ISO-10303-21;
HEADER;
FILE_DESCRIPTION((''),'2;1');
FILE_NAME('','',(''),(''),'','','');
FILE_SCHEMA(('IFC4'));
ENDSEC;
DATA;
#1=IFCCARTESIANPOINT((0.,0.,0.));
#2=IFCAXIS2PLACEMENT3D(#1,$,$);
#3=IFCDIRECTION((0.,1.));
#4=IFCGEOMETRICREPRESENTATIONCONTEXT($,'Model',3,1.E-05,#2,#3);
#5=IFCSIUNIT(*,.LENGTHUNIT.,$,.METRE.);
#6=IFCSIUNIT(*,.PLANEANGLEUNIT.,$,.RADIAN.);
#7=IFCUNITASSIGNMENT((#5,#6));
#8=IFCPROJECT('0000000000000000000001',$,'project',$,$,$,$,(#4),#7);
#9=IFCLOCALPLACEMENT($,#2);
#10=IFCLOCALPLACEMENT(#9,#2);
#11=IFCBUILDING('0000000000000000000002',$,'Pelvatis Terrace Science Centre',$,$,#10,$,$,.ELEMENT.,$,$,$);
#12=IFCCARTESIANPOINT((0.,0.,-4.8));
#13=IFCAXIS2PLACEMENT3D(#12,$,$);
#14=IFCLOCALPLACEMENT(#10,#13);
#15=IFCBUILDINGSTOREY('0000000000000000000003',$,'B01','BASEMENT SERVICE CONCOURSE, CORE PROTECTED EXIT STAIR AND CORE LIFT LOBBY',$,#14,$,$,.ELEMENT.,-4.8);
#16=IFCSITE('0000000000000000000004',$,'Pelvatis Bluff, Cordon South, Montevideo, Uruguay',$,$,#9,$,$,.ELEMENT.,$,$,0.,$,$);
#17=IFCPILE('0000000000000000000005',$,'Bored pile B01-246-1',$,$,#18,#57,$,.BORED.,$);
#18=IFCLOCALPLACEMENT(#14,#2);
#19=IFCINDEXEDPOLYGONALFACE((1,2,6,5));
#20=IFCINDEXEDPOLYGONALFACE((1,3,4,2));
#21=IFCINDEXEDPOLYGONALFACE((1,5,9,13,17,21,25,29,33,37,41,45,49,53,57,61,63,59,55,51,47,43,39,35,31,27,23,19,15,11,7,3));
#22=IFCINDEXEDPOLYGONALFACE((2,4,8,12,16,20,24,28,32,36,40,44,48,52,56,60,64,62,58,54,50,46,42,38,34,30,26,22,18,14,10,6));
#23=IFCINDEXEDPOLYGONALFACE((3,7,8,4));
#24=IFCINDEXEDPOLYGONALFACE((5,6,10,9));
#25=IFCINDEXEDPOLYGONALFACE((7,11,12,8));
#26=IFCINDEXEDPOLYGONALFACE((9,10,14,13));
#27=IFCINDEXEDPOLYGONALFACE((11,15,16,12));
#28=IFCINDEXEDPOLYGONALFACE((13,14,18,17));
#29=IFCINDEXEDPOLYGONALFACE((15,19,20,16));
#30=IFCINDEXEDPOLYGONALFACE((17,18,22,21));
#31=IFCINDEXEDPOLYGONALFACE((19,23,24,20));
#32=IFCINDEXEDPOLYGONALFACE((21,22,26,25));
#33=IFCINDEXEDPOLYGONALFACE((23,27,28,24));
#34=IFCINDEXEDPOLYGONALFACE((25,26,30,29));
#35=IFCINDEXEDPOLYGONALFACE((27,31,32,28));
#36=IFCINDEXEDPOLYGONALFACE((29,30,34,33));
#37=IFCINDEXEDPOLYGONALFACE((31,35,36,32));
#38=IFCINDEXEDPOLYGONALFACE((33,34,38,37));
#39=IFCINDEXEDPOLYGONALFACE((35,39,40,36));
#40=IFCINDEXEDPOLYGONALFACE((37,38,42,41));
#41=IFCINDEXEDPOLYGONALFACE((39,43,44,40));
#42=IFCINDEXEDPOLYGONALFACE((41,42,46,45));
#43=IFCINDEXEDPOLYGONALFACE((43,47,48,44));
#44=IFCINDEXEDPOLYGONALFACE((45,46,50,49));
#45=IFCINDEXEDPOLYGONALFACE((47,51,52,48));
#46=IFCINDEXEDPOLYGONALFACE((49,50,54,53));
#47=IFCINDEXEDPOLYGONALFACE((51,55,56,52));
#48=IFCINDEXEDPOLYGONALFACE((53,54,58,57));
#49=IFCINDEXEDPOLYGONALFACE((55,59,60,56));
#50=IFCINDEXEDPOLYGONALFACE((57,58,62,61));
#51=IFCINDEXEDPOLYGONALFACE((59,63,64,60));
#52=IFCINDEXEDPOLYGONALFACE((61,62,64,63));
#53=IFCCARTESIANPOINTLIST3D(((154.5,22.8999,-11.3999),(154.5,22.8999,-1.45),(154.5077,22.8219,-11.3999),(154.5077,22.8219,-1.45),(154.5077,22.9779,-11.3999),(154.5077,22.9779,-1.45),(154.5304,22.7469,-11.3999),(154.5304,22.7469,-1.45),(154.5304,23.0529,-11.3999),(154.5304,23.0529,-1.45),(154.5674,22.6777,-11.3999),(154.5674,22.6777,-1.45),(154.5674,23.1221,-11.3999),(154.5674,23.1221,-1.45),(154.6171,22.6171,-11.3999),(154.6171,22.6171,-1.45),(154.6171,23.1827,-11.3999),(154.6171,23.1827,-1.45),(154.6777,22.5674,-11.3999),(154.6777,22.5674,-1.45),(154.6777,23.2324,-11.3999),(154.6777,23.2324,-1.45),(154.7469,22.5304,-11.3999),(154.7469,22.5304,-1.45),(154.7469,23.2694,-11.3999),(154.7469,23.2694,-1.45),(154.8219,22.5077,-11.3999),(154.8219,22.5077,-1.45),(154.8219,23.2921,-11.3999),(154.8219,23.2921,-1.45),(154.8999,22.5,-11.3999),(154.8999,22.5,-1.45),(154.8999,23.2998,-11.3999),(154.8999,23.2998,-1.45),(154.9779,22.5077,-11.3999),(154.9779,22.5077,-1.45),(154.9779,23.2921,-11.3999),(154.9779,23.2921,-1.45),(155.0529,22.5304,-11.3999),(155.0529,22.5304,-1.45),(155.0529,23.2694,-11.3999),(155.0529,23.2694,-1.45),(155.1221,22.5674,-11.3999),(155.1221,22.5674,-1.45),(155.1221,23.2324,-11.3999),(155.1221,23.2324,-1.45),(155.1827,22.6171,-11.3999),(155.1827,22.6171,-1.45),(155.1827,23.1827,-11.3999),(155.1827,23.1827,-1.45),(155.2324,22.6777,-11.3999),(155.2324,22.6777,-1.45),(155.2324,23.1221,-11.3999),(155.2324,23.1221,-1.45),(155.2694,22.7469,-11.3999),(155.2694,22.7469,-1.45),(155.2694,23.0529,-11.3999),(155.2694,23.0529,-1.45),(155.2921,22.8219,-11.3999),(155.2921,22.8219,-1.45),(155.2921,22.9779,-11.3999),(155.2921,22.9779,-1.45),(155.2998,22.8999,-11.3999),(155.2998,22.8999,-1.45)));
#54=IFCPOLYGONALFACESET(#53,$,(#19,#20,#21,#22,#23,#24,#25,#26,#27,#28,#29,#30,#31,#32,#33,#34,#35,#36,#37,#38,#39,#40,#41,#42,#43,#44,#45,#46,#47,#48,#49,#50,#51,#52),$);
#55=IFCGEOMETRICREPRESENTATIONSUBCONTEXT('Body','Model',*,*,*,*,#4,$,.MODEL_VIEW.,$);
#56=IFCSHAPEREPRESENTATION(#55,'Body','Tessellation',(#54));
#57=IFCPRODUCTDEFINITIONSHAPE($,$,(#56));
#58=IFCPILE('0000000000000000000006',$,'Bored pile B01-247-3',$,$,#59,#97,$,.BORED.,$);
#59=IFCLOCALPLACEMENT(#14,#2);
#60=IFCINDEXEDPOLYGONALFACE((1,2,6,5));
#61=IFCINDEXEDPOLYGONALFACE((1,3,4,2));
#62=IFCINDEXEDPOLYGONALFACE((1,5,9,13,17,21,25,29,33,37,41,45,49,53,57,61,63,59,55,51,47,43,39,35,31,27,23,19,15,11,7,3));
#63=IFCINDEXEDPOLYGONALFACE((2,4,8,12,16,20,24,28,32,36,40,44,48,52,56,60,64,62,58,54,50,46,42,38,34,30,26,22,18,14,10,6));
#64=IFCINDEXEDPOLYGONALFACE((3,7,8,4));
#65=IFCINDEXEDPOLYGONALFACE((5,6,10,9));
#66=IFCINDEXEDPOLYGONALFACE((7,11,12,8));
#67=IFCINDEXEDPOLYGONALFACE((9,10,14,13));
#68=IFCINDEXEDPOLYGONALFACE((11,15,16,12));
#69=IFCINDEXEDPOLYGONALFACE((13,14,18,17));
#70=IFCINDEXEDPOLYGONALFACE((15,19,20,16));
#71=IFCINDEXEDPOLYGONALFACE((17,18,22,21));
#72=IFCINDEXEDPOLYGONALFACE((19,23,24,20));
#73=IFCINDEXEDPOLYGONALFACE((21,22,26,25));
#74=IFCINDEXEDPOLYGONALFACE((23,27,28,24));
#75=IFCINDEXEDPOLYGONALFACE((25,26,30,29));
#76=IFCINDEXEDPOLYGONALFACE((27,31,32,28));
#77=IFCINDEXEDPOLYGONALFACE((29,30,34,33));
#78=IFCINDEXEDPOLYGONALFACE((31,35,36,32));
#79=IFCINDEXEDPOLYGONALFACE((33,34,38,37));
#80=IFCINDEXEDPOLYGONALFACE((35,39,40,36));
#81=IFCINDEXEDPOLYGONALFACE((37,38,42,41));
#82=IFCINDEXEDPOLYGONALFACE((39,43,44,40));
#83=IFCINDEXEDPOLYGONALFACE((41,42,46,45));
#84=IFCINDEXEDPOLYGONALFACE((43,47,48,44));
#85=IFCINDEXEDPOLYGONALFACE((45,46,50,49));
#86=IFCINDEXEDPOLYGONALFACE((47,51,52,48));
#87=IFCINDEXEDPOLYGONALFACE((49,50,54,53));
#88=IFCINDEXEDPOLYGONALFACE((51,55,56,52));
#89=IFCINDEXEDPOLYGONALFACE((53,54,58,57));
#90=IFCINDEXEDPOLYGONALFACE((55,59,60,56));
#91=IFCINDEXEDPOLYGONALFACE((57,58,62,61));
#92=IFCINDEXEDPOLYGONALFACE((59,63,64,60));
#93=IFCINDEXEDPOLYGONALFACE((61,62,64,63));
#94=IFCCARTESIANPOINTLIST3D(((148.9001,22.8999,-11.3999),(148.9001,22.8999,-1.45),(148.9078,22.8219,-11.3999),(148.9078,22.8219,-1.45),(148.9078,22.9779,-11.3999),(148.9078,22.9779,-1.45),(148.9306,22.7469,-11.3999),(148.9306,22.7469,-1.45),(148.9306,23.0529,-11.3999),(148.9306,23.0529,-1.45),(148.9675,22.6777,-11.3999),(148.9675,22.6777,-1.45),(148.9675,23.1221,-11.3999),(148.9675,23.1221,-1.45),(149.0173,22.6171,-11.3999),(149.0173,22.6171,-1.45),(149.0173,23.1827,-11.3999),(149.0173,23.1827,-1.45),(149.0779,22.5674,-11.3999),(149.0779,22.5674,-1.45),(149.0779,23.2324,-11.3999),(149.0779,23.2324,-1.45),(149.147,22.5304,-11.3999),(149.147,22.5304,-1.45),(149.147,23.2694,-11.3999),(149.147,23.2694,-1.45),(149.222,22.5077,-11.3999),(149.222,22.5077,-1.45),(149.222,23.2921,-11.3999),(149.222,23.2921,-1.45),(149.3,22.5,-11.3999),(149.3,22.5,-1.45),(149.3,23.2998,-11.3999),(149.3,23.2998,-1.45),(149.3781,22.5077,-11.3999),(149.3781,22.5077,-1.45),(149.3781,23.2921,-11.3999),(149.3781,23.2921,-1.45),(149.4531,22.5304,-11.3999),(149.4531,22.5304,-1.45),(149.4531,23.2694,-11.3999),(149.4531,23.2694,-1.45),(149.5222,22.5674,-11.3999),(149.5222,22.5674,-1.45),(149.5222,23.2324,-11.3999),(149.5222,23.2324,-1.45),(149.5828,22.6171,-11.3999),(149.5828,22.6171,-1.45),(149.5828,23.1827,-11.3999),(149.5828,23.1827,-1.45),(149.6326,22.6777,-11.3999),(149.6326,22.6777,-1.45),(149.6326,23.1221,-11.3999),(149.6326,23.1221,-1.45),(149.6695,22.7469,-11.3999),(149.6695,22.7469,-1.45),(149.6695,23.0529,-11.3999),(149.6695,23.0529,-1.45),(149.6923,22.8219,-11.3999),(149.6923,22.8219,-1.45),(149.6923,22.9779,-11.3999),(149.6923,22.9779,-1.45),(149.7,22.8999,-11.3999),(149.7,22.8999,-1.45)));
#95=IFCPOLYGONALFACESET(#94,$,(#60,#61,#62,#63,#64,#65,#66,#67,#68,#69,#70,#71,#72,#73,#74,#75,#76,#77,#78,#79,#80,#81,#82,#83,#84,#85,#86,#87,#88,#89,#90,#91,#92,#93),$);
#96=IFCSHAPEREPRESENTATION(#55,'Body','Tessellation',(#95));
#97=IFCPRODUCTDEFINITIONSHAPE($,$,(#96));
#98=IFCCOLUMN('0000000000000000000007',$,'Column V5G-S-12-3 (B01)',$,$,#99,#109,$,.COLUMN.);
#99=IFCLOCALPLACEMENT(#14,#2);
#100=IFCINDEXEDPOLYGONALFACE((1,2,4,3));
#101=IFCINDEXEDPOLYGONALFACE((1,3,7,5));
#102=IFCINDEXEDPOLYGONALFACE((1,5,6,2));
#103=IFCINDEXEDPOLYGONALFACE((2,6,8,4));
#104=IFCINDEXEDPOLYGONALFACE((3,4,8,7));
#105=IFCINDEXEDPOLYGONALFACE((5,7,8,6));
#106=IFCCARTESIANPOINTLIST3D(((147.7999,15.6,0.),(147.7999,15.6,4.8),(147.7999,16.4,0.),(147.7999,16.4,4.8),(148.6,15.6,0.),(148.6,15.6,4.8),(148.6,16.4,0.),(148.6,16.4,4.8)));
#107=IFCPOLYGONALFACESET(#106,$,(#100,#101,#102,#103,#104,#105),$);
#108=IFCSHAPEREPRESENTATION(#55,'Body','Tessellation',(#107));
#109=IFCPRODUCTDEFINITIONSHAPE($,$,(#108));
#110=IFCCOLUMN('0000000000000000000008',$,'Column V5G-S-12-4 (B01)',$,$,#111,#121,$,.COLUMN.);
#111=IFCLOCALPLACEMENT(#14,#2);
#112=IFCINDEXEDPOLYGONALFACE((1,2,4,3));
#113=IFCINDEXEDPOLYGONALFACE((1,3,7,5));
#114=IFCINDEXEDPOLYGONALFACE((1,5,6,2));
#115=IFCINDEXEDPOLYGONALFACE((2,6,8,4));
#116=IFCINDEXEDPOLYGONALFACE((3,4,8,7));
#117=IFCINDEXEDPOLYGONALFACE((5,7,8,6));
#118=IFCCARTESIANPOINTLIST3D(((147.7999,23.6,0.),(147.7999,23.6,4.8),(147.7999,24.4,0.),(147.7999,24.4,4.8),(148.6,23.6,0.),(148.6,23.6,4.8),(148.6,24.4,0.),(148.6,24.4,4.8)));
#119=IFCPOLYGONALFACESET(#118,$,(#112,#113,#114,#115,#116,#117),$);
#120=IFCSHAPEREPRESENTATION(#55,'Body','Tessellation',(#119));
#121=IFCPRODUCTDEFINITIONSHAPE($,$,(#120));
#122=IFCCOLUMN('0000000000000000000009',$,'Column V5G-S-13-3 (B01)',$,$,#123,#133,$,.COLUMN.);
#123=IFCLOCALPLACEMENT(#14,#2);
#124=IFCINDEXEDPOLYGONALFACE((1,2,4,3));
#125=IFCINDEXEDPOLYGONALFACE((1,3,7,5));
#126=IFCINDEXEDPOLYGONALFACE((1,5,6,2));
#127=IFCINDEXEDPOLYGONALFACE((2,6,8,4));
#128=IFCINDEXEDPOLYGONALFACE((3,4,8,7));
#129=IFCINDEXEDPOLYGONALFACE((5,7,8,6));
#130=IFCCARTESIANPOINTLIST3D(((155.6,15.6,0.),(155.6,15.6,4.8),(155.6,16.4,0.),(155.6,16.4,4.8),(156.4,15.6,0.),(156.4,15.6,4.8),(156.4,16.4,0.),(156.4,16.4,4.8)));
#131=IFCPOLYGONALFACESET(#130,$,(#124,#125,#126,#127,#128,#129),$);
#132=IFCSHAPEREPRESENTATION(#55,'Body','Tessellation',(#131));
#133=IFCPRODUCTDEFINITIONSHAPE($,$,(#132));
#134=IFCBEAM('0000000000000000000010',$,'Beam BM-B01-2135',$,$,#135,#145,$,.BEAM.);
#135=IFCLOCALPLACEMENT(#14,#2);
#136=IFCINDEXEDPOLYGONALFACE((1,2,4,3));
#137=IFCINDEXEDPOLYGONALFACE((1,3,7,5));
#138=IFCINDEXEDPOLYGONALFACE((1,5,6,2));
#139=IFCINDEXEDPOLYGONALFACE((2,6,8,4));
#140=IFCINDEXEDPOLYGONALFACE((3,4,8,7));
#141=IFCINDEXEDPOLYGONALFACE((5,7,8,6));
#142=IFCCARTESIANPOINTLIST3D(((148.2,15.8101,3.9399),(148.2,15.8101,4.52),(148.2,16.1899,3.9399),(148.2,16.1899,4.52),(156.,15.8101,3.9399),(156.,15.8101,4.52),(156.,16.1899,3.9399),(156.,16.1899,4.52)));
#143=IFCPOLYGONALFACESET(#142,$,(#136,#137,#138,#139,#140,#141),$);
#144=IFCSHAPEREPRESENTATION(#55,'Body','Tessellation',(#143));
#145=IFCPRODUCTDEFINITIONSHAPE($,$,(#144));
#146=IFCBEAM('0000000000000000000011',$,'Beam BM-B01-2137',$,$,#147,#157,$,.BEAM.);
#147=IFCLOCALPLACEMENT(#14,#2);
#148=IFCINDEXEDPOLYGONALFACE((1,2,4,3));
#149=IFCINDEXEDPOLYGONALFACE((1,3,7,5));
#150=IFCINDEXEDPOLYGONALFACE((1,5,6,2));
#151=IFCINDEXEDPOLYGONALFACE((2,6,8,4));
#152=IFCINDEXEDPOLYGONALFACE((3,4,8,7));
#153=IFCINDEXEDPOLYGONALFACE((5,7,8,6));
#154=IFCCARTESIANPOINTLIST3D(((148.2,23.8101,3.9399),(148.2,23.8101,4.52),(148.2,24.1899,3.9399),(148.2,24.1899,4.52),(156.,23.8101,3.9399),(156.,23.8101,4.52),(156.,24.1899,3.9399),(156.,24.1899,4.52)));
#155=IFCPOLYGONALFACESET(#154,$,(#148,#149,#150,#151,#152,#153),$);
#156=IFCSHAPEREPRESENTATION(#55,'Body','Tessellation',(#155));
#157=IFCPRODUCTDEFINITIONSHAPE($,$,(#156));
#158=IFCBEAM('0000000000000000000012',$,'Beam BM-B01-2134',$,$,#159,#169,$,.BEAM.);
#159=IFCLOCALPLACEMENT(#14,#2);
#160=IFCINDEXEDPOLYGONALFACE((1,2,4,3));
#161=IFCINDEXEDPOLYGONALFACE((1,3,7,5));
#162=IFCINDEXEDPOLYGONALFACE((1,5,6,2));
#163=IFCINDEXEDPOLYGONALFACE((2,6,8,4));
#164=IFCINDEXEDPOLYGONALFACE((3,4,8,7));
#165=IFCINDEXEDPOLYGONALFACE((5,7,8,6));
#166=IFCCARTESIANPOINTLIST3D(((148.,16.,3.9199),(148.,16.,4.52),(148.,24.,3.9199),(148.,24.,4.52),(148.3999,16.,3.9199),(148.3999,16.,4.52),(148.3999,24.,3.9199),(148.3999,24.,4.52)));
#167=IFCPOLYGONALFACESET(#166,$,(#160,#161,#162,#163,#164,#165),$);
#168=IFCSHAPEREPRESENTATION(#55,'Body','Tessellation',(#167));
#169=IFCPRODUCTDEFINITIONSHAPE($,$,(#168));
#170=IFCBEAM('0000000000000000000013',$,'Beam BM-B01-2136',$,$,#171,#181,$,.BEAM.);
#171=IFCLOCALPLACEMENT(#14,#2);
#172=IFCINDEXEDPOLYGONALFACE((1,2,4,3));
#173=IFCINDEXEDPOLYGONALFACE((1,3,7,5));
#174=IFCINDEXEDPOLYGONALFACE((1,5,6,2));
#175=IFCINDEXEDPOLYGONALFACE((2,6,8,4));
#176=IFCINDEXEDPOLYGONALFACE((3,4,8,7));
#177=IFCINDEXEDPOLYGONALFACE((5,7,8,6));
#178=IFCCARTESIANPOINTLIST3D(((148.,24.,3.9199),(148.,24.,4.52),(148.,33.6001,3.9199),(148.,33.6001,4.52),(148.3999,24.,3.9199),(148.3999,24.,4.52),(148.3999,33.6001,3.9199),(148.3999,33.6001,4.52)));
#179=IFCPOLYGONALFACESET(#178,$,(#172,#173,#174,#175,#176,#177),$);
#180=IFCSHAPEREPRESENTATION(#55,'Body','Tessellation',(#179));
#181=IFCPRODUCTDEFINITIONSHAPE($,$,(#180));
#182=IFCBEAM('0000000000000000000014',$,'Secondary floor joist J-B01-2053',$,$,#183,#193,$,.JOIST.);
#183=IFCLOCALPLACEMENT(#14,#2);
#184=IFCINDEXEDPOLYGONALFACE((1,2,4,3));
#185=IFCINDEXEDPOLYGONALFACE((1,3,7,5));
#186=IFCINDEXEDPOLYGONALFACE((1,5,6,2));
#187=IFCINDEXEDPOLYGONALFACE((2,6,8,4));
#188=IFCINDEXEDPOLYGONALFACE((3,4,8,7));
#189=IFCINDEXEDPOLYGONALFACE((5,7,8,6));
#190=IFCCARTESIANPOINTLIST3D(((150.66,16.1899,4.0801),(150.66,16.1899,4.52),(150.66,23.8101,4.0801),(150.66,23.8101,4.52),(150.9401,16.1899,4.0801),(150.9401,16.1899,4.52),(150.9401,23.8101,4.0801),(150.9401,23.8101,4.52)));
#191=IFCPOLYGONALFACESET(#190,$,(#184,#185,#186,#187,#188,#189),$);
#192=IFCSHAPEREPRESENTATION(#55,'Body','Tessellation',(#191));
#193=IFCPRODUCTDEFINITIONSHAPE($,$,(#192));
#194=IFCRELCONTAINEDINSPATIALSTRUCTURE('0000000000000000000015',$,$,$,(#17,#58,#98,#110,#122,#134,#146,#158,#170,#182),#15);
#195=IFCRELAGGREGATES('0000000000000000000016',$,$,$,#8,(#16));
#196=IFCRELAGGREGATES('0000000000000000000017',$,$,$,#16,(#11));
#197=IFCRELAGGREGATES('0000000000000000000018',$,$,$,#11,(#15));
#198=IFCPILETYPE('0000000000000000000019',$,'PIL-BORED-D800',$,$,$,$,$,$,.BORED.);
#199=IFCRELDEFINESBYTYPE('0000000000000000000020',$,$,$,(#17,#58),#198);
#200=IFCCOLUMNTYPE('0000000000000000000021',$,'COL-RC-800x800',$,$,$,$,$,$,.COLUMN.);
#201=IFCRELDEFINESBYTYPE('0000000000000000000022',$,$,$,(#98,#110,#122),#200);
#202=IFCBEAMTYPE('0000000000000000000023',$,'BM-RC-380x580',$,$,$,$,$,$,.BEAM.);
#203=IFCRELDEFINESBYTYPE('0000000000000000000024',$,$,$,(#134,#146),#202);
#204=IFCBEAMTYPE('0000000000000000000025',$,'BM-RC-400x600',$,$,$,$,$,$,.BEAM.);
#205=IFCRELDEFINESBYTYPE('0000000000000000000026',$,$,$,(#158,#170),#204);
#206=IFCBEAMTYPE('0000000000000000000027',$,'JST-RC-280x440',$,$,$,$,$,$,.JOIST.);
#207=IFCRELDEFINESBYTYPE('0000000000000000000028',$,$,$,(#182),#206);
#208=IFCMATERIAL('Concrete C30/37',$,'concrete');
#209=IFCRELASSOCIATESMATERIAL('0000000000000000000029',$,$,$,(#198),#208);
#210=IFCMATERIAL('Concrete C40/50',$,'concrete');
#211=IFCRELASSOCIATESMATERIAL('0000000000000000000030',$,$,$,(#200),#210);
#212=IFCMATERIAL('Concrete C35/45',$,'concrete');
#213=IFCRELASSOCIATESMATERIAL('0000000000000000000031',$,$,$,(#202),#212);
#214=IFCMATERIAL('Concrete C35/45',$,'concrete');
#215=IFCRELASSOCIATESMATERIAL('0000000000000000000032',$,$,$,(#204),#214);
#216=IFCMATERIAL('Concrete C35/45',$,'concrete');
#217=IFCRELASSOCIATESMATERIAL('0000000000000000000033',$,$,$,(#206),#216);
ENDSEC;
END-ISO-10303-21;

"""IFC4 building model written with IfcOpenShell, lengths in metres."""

from ifc_helpers import new_model, si_unit, direction, frame, origin, origin_2d, place, context, subcontext, project, spatial, rectangle, circle, extrude, material, material_profile, profile_set, type_object, element, save


model = new_model("IFC4")

# Units and contexts
model_context = context("Model", 3, precision=1e-05, world=origin(), true_north=direction((0.0, 1.0)))
body_context = subcontext(model_context, "Body", "Model", "MODEL_VIEW")
ifc_project = project(units=[si_unit("LENGTHUNIT", "METRE"), si_unit("PLANEANGLEUNIT", "RADIAN")], contexts=[model_context])

# Site, building, storey
site_placement = place(None, origin())
site = spatial("IfcSite", under=ifc_project, at=site_placement, Name="Pelvatis Bluff, Cordon South, Montevideo, Uruguay", CompositionType="ELEMENT", RefElevation=0.0)
building_placement = place(site_placement, origin())
building = spatial("IfcBuilding", under=site, at=building_placement, Name="Pelvatis Terrace Science Centre", CompositionType="ELEMENT")
storey_placement = place(building_placement, frame((0.0, 0.0, -4.8)))
storey = spatial("IfcBuildingStorey", under=building, at=storey_placement, Name="B01", Description="BASEMENT SERVICE CONCOURSE, CORE PROTECTED EXIT STAIR AND CORE LIFT LOBBY", CompositionType="ELEMENT", Elevation=-4.8)

# Piles
ifc_material_1 = material(Name="Concrete C30/37", Category="concrete")
ifc_material_profile_1 = material_profile(ifc_material_1, circle(Radius=0.3999, at=origin_2d()), Name="PILE D800")
ifc_profile_set_1 = profile_set([ifc_material_profile_1], Name="Concrete C30/37")
pile_type = type_object("IfcPileType", Name="PIL-BORED-D800", PredefinedType="BORED", material=ifc_profile_set_1)
for number, where, z_axis, x_axis, name in (
    (1, (154.8999, 22.8999, -1.45), (0.0, 0.0, -1.0), (1.0, 0.0, 0.0), "Bored pile B01-246-1"),
    (2, (149.3, 22.8999, -1.45), (0.0, 0.0, -1.0), (1.0, 0.0, 0.0), "Bored pile B01-247-3"),
):
    element("IfcPile", number, at=place(storey_placement, frame(where, z_axis=z_axis, x_axis=x_axis)), inside=storey, type_object=pile_type, Name=name, PredefinedType="BORED", context=body_context, shape_type="SweptSolid", body=[
        extrude(circle(Radius=0.3999, at=origin_2d()), origin(), (0.0, 0.0, 1.0), 9.95),
    ])

# Columns
ifc_material_2 = material(Name="Concrete C40/50", Category="concrete")
ifc_material_profile_2 = material_profile(ifc_material_2, rectangle(XDim=0.8, YDim=0.8, at=origin_2d()), Name="RC-COL 800x800")
ifc_profile_set_2 = profile_set([ifc_material_profile_2], Name="Concrete C40/50")
column_type = type_object("IfcColumnType", Name="COL-RC-800x800", PredefinedType="COLUMN", material=ifc_profile_set_2)
for number, where, z_axis, x_axis, name in (
    (3, (148.2, 16.0, 0.0), (0.0, 0.0, 1.0), (1.0, 0.0, 0.0), "Column V5G-S-12-3 (B01)"),
    (4, (148.2, 24.0, 0.0), (0.0, 0.0, 1.0), (1.0, 0.0, 0.0), "Column V5G-S-12-4 (B01)"),
    (5, (156.0, 16.0, 0.0), (0.0, 0.0, 1.0), (1.0, 0.0, 0.0), "Column V5G-S-13-3 (B01)"),
):
    element("IfcColumn", number, at=place(storey_placement, frame(where, z_axis=z_axis, x_axis=x_axis)), inside=storey, type_object=column_type, Name=name, PredefinedType="COLUMN", context=body_context, shape_type="SweptSolid", body=[
        extrude(rectangle(XDim=0.8, YDim=0.8, at=origin_2d()), origin(), (0.0, 0.0, 1.0), 4.8),
    ])

# Beams
ifc_material_3 = material(Name="Concrete C35/45", Category="concrete")
ifc_material_profile_3 = material_profile(ifc_material_3, rectangle(XDim=0.3799, YDim=0.5801, at=origin_2d()), Name="RC-BM 380x580")
ifc_profile_set_3 = profile_set([ifc_material_profile_3], Name="Concrete C35/45")
beam_type_1 = type_object("IfcBeamType", Name="BM-RC-380x580", PredefinedType="BEAM", material=ifc_profile_set_3)
for number, where, z_axis, x_axis, name in (
    (6, (148.2, 16.0, 4.23), (1.0, 0.0, 0.0), (0.0, 1.0, 0.0), "Beam BM-B01-2135"),
    (7, (148.2, 24.0, 4.23), (1.0, 0.0, 0.0), (0.0, 1.0, 0.0), "Beam BM-B01-2137"),
):
    element("IfcBeam", number, at=place(storey_placement, frame(where, z_axis=z_axis, x_axis=x_axis)), inside=storey, type_object=beam_type_1, Name=name, PredefinedType="BEAM", context=body_context, shape_type="SweptSolid", body=[
        extrude(rectangle(XDim=0.3799, YDim=0.5801, at=origin_2d()), origin(), (0.0, 0.0, 1.0), 7.8),
    ])
ifc_material_4 = material(Name="Concrete C35/45", Category="concrete")
ifc_material_profile_4 = material_profile(ifc_material_4, rectangle(XDim=0.3999, YDim=0.6001, at=origin_2d()), Name="RC-BM 400x600")
ifc_profile_set_4 = profile_set([ifc_material_profile_4], Name="Concrete C35/45")
beam_type_2 = type_object("IfcBeamType", Name="BM-RC-400x600", PredefinedType="BEAM", material=ifc_profile_set_4)
beam_1_placement = place(storey_placement, frame((148.2, 16.0, 4.22), z_axis=(0.0, 1.0, 0.0), x_axis=(-1.0, 0.0, 0.0)))
element("IfcBeam", 8, at=beam_1_placement, inside=storey, type_object=beam_type_2, Name="Beam BM-B01-2134", PredefinedType="BEAM", context=body_context, shape_type="SweptSolid", body=[
    extrude(rectangle(XDim=0.3999, YDim=0.6001, at=origin_2d()), origin(), (0.0, 0.0, 1.0), 8.0),
])
beam_2_placement = place(storey_placement, frame((148.2, 24.0, 4.22), z_axis=(0.0, 1.0, 0.0), x_axis=(-1.0, 0.0, 0.0)))
element("IfcBeam", 9, at=beam_2_placement, inside=storey, type_object=beam_type_2, Name="Beam BM-B01-2136", PredefinedType="BEAM", context=body_context, shape_type="SweptSolid", body=[
    extrude(rectangle(XDim=0.3999, YDim=0.6001, at=origin_2d()), origin(), (0.0, 0.0, 1.0), 9.6001),
])
ifc_material_5 = material(Name="Concrete C35/45", Category="concrete")
ifc_material_profile_5 = material_profile(ifc_material_5, rectangle(XDim=0.28, YDim=0.4399, at=origin_2d()), Name="RC-JST 280x440")
ifc_profile_set_5 = profile_set([ifc_material_profile_5], Name="Concrete C35/45")
beam_type_3 = type_object("IfcBeamType", Name="JST-RC-280x440", PredefinedType="JOIST", material=ifc_profile_set_5)
for number, where, z_axis, x_axis, name in (
    (10, (150.8, 16.1899, 4.3), (0.0, 1.0, 0.0), (-1.0, 0.0, 0.0), "Secondary floor joist J-B01-2053"),
):
    element("IfcBeam", number, at=place(storey_placement, frame(where, z_axis=z_axis, x_axis=x_axis)), inside=storey, type_object=beam_type_3, Name=name, PredefinedType="JOIST", context=body_context, shape_type="SweptSolid", body=[
        extrude(rectangle(XDim=0.28, YDim=0.4399, at=origin_2d()), origin(), (0.0, 0.0, 1.0), 7.6201),
    ])

save(model, "model.ifc")
